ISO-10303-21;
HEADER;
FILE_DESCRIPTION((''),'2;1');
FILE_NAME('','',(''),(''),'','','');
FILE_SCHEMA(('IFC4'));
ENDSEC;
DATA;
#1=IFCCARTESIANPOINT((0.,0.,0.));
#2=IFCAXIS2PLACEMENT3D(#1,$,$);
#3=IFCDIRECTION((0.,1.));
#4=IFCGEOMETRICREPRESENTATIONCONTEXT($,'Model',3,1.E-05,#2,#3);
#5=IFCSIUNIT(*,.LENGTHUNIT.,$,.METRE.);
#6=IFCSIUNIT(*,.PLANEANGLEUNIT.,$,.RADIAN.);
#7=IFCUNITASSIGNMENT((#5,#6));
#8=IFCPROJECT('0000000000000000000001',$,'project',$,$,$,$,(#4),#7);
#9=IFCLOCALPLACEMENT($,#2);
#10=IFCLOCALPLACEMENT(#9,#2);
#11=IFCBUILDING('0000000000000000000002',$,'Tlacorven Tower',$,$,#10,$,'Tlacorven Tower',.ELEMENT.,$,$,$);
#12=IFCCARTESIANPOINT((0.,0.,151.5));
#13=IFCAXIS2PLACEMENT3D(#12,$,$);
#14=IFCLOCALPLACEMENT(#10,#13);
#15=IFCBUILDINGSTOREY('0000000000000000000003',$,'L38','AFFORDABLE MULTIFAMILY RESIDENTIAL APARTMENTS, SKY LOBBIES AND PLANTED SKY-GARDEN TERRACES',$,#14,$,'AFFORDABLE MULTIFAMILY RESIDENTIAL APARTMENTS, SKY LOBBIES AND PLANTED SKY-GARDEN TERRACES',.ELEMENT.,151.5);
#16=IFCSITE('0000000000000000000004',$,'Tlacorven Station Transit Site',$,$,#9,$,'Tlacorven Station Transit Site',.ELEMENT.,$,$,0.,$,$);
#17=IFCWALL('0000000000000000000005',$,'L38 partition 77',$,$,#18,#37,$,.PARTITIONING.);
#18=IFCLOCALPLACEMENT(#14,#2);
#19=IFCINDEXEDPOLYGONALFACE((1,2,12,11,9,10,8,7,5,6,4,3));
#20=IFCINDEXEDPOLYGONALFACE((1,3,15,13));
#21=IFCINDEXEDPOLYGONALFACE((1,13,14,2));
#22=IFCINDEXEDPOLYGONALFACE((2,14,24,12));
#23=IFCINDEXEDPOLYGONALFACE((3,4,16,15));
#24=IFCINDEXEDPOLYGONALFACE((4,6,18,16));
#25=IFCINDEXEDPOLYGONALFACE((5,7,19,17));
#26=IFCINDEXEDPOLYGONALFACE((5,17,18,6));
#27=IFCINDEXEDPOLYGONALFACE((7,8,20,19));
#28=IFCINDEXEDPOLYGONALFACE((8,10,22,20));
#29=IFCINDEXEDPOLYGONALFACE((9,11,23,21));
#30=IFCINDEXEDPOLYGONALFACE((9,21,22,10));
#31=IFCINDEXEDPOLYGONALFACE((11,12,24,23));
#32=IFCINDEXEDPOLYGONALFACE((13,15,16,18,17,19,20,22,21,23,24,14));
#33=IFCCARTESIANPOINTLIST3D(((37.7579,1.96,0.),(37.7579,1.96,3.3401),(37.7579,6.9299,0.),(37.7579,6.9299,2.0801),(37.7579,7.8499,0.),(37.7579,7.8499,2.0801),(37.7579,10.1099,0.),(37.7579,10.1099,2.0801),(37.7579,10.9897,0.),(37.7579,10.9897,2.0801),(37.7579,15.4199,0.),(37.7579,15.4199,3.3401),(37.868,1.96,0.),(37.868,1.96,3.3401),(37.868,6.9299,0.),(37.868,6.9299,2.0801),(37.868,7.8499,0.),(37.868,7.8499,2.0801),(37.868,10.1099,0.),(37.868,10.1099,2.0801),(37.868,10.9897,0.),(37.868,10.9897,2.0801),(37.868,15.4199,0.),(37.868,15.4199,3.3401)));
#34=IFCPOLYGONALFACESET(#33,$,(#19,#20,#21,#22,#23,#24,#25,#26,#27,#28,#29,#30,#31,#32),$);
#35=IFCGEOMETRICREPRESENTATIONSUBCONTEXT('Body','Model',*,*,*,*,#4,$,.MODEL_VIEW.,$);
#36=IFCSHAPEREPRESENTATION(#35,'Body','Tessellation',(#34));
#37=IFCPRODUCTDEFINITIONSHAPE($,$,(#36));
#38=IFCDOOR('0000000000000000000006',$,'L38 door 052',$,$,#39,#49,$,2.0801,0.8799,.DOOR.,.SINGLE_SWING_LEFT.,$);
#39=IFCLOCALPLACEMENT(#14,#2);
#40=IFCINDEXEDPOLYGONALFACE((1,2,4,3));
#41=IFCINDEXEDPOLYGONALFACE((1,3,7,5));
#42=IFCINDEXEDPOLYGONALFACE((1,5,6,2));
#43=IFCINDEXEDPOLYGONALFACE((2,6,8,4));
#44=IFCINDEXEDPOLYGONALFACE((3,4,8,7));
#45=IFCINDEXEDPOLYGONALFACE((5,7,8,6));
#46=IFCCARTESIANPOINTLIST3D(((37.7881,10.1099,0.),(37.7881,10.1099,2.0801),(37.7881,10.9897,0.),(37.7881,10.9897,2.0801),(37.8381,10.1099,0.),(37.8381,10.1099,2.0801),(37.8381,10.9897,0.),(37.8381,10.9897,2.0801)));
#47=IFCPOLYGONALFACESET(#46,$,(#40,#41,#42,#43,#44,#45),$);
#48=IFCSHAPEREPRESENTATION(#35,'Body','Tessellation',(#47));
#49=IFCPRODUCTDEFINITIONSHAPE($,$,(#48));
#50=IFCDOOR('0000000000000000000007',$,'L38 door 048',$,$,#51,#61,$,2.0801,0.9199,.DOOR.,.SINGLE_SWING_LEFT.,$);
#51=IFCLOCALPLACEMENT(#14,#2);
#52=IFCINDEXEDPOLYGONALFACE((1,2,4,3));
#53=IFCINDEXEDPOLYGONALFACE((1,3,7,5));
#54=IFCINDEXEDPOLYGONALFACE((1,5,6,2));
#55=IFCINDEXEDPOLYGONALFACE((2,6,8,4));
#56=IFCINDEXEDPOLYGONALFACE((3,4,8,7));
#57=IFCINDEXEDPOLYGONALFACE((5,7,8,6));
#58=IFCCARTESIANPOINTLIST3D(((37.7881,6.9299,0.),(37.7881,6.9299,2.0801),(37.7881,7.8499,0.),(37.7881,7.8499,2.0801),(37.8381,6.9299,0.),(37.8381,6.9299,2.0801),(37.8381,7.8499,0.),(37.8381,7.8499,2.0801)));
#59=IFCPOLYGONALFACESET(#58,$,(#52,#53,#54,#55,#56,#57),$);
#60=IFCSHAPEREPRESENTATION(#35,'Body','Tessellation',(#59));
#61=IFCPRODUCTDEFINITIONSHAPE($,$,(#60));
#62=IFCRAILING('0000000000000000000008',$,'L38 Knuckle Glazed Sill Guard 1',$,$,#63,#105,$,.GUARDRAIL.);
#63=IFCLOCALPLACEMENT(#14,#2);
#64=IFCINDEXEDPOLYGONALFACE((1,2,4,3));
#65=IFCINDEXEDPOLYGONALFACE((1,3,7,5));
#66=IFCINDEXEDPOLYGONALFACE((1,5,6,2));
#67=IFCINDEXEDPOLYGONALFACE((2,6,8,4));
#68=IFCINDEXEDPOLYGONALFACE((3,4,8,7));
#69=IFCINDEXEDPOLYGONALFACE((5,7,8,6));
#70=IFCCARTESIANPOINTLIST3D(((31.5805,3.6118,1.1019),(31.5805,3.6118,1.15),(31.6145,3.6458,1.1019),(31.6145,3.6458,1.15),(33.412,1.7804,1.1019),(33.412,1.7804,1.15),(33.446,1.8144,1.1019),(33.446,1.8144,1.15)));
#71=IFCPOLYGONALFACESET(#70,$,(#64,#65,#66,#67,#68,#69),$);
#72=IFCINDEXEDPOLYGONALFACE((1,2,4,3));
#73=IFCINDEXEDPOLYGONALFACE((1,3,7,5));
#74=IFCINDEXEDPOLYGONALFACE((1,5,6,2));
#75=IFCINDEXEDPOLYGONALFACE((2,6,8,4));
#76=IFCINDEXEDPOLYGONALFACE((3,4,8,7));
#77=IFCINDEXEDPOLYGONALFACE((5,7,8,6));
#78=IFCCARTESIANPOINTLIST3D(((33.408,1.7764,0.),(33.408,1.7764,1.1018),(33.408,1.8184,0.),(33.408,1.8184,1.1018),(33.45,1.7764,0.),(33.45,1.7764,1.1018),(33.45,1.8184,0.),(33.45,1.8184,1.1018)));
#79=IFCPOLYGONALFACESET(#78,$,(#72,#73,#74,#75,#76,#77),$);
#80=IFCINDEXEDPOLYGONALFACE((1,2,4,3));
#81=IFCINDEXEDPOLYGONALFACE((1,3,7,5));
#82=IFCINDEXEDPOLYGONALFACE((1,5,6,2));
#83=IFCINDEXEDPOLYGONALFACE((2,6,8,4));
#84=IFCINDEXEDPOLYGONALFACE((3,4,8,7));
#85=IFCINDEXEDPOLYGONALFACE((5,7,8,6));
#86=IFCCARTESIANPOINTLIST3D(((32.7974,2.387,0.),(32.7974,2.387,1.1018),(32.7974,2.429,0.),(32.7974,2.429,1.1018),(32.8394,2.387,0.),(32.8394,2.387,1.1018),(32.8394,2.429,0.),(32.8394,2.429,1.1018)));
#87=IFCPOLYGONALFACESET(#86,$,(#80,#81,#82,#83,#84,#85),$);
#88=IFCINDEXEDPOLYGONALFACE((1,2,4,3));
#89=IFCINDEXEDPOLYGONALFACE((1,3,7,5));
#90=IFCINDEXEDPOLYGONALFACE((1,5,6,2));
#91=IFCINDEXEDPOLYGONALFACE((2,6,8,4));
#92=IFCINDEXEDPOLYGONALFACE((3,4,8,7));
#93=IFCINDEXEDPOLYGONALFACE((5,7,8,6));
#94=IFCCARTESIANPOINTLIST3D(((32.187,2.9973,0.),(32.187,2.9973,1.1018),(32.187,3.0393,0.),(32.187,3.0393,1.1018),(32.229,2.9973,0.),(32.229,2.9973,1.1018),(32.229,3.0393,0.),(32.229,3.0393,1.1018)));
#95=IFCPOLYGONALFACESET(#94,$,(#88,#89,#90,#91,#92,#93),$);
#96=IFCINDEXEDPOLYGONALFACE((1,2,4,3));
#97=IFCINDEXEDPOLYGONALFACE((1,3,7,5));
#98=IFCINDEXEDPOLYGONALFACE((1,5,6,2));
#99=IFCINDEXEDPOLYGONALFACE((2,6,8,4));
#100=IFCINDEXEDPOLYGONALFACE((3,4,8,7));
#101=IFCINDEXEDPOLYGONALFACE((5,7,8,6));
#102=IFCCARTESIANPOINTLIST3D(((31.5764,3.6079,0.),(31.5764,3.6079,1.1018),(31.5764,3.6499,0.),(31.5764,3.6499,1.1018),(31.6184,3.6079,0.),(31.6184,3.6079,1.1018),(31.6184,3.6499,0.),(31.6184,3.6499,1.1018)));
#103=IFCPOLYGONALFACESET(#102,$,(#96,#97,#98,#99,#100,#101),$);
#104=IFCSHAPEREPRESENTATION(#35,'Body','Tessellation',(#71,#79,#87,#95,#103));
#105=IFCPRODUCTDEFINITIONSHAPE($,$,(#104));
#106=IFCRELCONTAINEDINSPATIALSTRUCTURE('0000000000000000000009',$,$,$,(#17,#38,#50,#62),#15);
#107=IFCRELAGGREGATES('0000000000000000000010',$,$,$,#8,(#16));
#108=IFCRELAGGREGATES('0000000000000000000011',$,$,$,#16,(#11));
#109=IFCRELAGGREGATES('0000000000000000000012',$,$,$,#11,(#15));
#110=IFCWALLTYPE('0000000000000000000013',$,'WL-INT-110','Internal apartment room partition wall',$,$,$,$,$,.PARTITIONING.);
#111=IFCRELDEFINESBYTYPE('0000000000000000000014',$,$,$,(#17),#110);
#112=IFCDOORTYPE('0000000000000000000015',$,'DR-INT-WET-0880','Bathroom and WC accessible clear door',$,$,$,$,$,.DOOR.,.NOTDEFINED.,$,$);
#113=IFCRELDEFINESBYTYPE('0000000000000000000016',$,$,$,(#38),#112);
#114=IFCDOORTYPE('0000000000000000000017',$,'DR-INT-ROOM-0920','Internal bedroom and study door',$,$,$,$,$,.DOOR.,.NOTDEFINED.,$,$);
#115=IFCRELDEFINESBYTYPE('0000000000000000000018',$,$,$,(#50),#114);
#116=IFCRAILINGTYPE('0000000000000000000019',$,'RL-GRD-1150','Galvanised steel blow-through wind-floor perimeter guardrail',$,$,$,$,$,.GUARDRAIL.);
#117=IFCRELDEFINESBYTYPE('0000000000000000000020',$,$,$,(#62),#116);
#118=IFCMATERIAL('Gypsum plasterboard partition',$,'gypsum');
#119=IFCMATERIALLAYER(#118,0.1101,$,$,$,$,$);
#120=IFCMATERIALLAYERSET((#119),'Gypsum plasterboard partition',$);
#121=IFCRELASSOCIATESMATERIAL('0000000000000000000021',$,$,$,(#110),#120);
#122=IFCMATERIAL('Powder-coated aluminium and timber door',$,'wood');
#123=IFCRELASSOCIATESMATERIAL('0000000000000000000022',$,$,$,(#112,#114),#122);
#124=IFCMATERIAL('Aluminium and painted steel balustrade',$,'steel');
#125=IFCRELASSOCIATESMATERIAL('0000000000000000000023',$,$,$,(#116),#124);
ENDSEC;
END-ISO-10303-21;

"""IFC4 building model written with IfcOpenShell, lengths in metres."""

from ifc_helpers import new_model, si_unit, direction, frame, frame_2d, origin, origin_2d, place, context, subcontext, project, spatial, rectangle, extrude, source, transform, mapped, material, layer, layer_set, type_object, element, fill, save


model = new_model("IFC4")

# Units and contexts
model_context = context("Model", 3, precision=1e-05, world=origin(), true_north=direction((0.0, 1.0)))
body_context = subcontext(model_context, "Body", "Model", "MODEL_VIEW")
ifc_project = project(units=[si_unit("LENGTHUNIT", "METRE"), si_unit("PLANEANGLEUNIT", "RADIAN")], contexts=[model_context])

# Site, building, storey
site_placement = place(None, origin())
site = spatial("IfcSite", under=ifc_project, at=site_placement, Name="Tlacorven Station Transit Site", LongName="Tlacorven Station Transit Site", CompositionType="ELEMENT", RefElevation=0.0)
building_placement = place(site_placement, origin())
building = spatial("IfcBuilding", under=site, at=building_placement, Name="Tlacorven Tower", LongName="Tlacorven Tower", CompositionType="ELEMENT")
storey_placement = place(building_placement, frame((0.0, 0.0, 151.5)))
storey = spatial("IfcBuildingStorey", under=building, at=storey_placement, Name="L38", Description="AFFORDABLE MULTIFAMILY RESIDENTIAL APARTMENTS, SKY LOBBIES AND PLANTED SKY-GARDEN TERRACES", LongName="AFFORDABLE MULTIFAMILY RESIDENTIAL APARTMENTS, SKY LOBBIES AND PLANTED SKY-GARDEN TERRACES", CompositionType="ELEMENT", Elevation=151.5)

# Wall, openings, doors
ifc_material_1 = material(Name="Gypsum plasterboard partition", Category="gypsum")
ifc_layer_1 = layer(ifc_material_1, 0.1101)
ifc_layer_set_1 = layer_set([ifc_layer_1], Name="Gypsum plasterboard partition")
wall_type_1 = type_object("IfcWallType", Name="WL-INT-110", Description="Internal apartment room partition wall", PredefinedType="PARTITIONING", material=ifc_layer_set_1)
wall_1_placement = place(storey_placement, frame((37.813, 1.96, 0.0), z_axis=(0.0, 0.0, 1.0), x_axis=(0.0, 1.0, 0.0)))
wall_1 = element("IfcWall", 1, at=wall_1_placement, inside=storey, type_object=wall_type_1, Name="L38 partition 77", PredefinedType="PARTITIONING", context=body_context, shape_type="SweptSolid", body=[
    extrude(rectangle(XDim=13.46, YDim=0.1101, at=frame_2d((6.73, 0.0))), origin(), (0.0, 0.0, 1.0), 3.3401),
])
opening_1_placement = place(wall_1_placement, frame((4.97, 0.0, 0.0)))
opening_1 = element("IfcOpeningElement", 2, at=opening_1_placement, cuts=wall_1, PredefinedType="OPENING", context=body_context, shape_type="SweptSolid", body=[
    extrude(rectangle(XDim=0.9199, YDim=2.0801, at=frame_2d((0.46, 1.04))), frame((0.0, 0.0649, 0.0), z_axis=(0.0, -1.0, 0.0), x_axis=(1.0, 0.0, 0.0)), (0.0, 0.0, 1.0), 0.1301),
])
opening_2_placement = place(wall_1_placement, frame((8.1499, 0.0, 0.0)))
opening_2 = element("IfcOpeningElement", 3, at=opening_2_placement, cuts=wall_1, PredefinedType="OPENING", context=body_context, shape_type="SweptSolid", body=[
    extrude(rectangle(XDim=0.8799, YDim=2.0801, at=frame_2d((0.4399, 1.04))), frame((0.0, 0.0649, 0.0), z_axis=(0.0, -1.0, 0.0), x_axis=(1.0, 0.0, 0.0)), (0.0, 0.0, 1.0), 0.1301),
])
ifc_material_2 = material(Name="Powder-coated aluminium and timber door", Category="wood")
door_type_1 = type_object("IfcDoorType", Name="DR-INT-WET-0880", Description="Bathroom and WC accessible clear door", OperationType="NOTDEFINED", PredefinedType="DOOR", material=ifc_material_2)
shared_shape_1 = source(origin(), body_context, "Body", "SweptSolid", [
    extrude(rectangle(XDim=0.8799, YDim=2.0801, at=frame_2d((0.4399, 1.04))), frame((0.0, 0.0249, 0.0), z_axis=(0.0, -1.0, 0.0), x_axis=(1.0, 0.0, 0.0)), (0.0, 0.0, 1.0), 0.05),
])
door_1_placement = place(opening_2_placement, origin())
door_1 = element("IfcDoor", 4, at=door_1_placement, inside=storey, type_object=door_type_1, Name="L38 door 052", OperationType="SINGLE_SWING_LEFT", OverallHeight=2.0801, OverallWidth=0.8799, PredefinedType="DOOR", context=body_context, shape_type="MappedRepresentation", body=[
    mapped(shared_shape_1, transform((0.0, 0.0, 0.0), scale=1.0)),
])
fill(opening_2, door_1)
door_type_2 = type_object("IfcDoorType", Name="DR-INT-ROOM-0920", Description="Internal bedroom and study door", OperationType="NOTDEFINED", PredefinedType="DOOR", material=ifc_material_2)
shared_shape_2 = source(origin(), body_context, "Body", "SweptSolid", [
    extrude(rectangle(XDim=0.9199, YDim=2.0801, at=frame_2d((0.46, 1.04))), frame((0.0, 0.0249, 0.0), z_axis=(0.0, -1.0, 0.0), x_axis=(1.0, 0.0, 0.0)), (0.0, 0.0, 1.0), 0.05),
])
door_2_placement = place(opening_1_placement, origin())
door_2 = element("IfcDoor", 5, at=door_2_placement, inside=storey, type_object=door_type_2, Name="L38 door 048", OperationType="SINGLE_SWING_LEFT", OverallHeight=2.0801, OverallWidth=0.9199, PredefinedType="DOOR", context=body_context, shape_type="MappedRepresentation", body=[
    mapped(shared_shape_2, transform((0.0, 0.0, 0.0), scale=1.0)),
])
fill(opening_1, door_2)

# Railing
ifc_material_3 = material(Name="Aluminium and painted steel balustrade", Category="steel")
railing_type = type_object("IfcRailingType", Name="RL-GRD-1150", Description="Galvanised steel blow-through wind-floor perimeter guardrail", PredefinedType="GUARDRAIL", material=ifc_material_3)
shared_shape_3 = source(origin(), body_context, "Body", "SweptSolid", [
    extrude(rectangle(XDim=0.0481, YDim=0.0481, at=origin_2d()), frame((0.0, 0.0, 1.126), z_axis=(-0.707107, 0.707107, 0.0), x_axis=(-0.707107, -0.707107, 0.0)), (0.0, 0.0, 1.0), 2.5901),
    extrude(rectangle(XDim=0.042, YDim=0.042, at=origin_2d()), origin(), (0.0, 0.0, 1.0), 1.1018),
    extrude(rectangle(XDim=0.042, YDim=0.042, at=origin_2d()), frame((-0.6106, 0.6106, 0.0)), (0.0, 0.0, 1.0), 1.1018),
    extrude(rectangle(XDim=0.042, YDim=0.042, at=origin_2d()), frame((-1.2209, 1.2209, 0.0)), (0.0, 0.0, 1.0), 1.1018),
    extrude(rectangle(XDim=0.042, YDim=0.042, at=origin_2d()), frame((-1.8315, 1.8315, 0.0)), (0.0, 0.0, 1.0), 1.1018),
])
railing_placement = place(storey_placement, frame((33.429, 1.7974, 0.0)))
element("IfcRailing", 6, at=railing_placement, inside=storey, type_object=railing_type, Name="L38 Knuckle Glazed Sill Guard 1", PredefinedType="GUARDRAIL", context=body_context, shape_type="MappedRepresentation", body=[
    mapped(shared_shape_3, transform((0.0, 0.0, 0.0), scale=1.0)),
])

save(model, "model.ifc")
